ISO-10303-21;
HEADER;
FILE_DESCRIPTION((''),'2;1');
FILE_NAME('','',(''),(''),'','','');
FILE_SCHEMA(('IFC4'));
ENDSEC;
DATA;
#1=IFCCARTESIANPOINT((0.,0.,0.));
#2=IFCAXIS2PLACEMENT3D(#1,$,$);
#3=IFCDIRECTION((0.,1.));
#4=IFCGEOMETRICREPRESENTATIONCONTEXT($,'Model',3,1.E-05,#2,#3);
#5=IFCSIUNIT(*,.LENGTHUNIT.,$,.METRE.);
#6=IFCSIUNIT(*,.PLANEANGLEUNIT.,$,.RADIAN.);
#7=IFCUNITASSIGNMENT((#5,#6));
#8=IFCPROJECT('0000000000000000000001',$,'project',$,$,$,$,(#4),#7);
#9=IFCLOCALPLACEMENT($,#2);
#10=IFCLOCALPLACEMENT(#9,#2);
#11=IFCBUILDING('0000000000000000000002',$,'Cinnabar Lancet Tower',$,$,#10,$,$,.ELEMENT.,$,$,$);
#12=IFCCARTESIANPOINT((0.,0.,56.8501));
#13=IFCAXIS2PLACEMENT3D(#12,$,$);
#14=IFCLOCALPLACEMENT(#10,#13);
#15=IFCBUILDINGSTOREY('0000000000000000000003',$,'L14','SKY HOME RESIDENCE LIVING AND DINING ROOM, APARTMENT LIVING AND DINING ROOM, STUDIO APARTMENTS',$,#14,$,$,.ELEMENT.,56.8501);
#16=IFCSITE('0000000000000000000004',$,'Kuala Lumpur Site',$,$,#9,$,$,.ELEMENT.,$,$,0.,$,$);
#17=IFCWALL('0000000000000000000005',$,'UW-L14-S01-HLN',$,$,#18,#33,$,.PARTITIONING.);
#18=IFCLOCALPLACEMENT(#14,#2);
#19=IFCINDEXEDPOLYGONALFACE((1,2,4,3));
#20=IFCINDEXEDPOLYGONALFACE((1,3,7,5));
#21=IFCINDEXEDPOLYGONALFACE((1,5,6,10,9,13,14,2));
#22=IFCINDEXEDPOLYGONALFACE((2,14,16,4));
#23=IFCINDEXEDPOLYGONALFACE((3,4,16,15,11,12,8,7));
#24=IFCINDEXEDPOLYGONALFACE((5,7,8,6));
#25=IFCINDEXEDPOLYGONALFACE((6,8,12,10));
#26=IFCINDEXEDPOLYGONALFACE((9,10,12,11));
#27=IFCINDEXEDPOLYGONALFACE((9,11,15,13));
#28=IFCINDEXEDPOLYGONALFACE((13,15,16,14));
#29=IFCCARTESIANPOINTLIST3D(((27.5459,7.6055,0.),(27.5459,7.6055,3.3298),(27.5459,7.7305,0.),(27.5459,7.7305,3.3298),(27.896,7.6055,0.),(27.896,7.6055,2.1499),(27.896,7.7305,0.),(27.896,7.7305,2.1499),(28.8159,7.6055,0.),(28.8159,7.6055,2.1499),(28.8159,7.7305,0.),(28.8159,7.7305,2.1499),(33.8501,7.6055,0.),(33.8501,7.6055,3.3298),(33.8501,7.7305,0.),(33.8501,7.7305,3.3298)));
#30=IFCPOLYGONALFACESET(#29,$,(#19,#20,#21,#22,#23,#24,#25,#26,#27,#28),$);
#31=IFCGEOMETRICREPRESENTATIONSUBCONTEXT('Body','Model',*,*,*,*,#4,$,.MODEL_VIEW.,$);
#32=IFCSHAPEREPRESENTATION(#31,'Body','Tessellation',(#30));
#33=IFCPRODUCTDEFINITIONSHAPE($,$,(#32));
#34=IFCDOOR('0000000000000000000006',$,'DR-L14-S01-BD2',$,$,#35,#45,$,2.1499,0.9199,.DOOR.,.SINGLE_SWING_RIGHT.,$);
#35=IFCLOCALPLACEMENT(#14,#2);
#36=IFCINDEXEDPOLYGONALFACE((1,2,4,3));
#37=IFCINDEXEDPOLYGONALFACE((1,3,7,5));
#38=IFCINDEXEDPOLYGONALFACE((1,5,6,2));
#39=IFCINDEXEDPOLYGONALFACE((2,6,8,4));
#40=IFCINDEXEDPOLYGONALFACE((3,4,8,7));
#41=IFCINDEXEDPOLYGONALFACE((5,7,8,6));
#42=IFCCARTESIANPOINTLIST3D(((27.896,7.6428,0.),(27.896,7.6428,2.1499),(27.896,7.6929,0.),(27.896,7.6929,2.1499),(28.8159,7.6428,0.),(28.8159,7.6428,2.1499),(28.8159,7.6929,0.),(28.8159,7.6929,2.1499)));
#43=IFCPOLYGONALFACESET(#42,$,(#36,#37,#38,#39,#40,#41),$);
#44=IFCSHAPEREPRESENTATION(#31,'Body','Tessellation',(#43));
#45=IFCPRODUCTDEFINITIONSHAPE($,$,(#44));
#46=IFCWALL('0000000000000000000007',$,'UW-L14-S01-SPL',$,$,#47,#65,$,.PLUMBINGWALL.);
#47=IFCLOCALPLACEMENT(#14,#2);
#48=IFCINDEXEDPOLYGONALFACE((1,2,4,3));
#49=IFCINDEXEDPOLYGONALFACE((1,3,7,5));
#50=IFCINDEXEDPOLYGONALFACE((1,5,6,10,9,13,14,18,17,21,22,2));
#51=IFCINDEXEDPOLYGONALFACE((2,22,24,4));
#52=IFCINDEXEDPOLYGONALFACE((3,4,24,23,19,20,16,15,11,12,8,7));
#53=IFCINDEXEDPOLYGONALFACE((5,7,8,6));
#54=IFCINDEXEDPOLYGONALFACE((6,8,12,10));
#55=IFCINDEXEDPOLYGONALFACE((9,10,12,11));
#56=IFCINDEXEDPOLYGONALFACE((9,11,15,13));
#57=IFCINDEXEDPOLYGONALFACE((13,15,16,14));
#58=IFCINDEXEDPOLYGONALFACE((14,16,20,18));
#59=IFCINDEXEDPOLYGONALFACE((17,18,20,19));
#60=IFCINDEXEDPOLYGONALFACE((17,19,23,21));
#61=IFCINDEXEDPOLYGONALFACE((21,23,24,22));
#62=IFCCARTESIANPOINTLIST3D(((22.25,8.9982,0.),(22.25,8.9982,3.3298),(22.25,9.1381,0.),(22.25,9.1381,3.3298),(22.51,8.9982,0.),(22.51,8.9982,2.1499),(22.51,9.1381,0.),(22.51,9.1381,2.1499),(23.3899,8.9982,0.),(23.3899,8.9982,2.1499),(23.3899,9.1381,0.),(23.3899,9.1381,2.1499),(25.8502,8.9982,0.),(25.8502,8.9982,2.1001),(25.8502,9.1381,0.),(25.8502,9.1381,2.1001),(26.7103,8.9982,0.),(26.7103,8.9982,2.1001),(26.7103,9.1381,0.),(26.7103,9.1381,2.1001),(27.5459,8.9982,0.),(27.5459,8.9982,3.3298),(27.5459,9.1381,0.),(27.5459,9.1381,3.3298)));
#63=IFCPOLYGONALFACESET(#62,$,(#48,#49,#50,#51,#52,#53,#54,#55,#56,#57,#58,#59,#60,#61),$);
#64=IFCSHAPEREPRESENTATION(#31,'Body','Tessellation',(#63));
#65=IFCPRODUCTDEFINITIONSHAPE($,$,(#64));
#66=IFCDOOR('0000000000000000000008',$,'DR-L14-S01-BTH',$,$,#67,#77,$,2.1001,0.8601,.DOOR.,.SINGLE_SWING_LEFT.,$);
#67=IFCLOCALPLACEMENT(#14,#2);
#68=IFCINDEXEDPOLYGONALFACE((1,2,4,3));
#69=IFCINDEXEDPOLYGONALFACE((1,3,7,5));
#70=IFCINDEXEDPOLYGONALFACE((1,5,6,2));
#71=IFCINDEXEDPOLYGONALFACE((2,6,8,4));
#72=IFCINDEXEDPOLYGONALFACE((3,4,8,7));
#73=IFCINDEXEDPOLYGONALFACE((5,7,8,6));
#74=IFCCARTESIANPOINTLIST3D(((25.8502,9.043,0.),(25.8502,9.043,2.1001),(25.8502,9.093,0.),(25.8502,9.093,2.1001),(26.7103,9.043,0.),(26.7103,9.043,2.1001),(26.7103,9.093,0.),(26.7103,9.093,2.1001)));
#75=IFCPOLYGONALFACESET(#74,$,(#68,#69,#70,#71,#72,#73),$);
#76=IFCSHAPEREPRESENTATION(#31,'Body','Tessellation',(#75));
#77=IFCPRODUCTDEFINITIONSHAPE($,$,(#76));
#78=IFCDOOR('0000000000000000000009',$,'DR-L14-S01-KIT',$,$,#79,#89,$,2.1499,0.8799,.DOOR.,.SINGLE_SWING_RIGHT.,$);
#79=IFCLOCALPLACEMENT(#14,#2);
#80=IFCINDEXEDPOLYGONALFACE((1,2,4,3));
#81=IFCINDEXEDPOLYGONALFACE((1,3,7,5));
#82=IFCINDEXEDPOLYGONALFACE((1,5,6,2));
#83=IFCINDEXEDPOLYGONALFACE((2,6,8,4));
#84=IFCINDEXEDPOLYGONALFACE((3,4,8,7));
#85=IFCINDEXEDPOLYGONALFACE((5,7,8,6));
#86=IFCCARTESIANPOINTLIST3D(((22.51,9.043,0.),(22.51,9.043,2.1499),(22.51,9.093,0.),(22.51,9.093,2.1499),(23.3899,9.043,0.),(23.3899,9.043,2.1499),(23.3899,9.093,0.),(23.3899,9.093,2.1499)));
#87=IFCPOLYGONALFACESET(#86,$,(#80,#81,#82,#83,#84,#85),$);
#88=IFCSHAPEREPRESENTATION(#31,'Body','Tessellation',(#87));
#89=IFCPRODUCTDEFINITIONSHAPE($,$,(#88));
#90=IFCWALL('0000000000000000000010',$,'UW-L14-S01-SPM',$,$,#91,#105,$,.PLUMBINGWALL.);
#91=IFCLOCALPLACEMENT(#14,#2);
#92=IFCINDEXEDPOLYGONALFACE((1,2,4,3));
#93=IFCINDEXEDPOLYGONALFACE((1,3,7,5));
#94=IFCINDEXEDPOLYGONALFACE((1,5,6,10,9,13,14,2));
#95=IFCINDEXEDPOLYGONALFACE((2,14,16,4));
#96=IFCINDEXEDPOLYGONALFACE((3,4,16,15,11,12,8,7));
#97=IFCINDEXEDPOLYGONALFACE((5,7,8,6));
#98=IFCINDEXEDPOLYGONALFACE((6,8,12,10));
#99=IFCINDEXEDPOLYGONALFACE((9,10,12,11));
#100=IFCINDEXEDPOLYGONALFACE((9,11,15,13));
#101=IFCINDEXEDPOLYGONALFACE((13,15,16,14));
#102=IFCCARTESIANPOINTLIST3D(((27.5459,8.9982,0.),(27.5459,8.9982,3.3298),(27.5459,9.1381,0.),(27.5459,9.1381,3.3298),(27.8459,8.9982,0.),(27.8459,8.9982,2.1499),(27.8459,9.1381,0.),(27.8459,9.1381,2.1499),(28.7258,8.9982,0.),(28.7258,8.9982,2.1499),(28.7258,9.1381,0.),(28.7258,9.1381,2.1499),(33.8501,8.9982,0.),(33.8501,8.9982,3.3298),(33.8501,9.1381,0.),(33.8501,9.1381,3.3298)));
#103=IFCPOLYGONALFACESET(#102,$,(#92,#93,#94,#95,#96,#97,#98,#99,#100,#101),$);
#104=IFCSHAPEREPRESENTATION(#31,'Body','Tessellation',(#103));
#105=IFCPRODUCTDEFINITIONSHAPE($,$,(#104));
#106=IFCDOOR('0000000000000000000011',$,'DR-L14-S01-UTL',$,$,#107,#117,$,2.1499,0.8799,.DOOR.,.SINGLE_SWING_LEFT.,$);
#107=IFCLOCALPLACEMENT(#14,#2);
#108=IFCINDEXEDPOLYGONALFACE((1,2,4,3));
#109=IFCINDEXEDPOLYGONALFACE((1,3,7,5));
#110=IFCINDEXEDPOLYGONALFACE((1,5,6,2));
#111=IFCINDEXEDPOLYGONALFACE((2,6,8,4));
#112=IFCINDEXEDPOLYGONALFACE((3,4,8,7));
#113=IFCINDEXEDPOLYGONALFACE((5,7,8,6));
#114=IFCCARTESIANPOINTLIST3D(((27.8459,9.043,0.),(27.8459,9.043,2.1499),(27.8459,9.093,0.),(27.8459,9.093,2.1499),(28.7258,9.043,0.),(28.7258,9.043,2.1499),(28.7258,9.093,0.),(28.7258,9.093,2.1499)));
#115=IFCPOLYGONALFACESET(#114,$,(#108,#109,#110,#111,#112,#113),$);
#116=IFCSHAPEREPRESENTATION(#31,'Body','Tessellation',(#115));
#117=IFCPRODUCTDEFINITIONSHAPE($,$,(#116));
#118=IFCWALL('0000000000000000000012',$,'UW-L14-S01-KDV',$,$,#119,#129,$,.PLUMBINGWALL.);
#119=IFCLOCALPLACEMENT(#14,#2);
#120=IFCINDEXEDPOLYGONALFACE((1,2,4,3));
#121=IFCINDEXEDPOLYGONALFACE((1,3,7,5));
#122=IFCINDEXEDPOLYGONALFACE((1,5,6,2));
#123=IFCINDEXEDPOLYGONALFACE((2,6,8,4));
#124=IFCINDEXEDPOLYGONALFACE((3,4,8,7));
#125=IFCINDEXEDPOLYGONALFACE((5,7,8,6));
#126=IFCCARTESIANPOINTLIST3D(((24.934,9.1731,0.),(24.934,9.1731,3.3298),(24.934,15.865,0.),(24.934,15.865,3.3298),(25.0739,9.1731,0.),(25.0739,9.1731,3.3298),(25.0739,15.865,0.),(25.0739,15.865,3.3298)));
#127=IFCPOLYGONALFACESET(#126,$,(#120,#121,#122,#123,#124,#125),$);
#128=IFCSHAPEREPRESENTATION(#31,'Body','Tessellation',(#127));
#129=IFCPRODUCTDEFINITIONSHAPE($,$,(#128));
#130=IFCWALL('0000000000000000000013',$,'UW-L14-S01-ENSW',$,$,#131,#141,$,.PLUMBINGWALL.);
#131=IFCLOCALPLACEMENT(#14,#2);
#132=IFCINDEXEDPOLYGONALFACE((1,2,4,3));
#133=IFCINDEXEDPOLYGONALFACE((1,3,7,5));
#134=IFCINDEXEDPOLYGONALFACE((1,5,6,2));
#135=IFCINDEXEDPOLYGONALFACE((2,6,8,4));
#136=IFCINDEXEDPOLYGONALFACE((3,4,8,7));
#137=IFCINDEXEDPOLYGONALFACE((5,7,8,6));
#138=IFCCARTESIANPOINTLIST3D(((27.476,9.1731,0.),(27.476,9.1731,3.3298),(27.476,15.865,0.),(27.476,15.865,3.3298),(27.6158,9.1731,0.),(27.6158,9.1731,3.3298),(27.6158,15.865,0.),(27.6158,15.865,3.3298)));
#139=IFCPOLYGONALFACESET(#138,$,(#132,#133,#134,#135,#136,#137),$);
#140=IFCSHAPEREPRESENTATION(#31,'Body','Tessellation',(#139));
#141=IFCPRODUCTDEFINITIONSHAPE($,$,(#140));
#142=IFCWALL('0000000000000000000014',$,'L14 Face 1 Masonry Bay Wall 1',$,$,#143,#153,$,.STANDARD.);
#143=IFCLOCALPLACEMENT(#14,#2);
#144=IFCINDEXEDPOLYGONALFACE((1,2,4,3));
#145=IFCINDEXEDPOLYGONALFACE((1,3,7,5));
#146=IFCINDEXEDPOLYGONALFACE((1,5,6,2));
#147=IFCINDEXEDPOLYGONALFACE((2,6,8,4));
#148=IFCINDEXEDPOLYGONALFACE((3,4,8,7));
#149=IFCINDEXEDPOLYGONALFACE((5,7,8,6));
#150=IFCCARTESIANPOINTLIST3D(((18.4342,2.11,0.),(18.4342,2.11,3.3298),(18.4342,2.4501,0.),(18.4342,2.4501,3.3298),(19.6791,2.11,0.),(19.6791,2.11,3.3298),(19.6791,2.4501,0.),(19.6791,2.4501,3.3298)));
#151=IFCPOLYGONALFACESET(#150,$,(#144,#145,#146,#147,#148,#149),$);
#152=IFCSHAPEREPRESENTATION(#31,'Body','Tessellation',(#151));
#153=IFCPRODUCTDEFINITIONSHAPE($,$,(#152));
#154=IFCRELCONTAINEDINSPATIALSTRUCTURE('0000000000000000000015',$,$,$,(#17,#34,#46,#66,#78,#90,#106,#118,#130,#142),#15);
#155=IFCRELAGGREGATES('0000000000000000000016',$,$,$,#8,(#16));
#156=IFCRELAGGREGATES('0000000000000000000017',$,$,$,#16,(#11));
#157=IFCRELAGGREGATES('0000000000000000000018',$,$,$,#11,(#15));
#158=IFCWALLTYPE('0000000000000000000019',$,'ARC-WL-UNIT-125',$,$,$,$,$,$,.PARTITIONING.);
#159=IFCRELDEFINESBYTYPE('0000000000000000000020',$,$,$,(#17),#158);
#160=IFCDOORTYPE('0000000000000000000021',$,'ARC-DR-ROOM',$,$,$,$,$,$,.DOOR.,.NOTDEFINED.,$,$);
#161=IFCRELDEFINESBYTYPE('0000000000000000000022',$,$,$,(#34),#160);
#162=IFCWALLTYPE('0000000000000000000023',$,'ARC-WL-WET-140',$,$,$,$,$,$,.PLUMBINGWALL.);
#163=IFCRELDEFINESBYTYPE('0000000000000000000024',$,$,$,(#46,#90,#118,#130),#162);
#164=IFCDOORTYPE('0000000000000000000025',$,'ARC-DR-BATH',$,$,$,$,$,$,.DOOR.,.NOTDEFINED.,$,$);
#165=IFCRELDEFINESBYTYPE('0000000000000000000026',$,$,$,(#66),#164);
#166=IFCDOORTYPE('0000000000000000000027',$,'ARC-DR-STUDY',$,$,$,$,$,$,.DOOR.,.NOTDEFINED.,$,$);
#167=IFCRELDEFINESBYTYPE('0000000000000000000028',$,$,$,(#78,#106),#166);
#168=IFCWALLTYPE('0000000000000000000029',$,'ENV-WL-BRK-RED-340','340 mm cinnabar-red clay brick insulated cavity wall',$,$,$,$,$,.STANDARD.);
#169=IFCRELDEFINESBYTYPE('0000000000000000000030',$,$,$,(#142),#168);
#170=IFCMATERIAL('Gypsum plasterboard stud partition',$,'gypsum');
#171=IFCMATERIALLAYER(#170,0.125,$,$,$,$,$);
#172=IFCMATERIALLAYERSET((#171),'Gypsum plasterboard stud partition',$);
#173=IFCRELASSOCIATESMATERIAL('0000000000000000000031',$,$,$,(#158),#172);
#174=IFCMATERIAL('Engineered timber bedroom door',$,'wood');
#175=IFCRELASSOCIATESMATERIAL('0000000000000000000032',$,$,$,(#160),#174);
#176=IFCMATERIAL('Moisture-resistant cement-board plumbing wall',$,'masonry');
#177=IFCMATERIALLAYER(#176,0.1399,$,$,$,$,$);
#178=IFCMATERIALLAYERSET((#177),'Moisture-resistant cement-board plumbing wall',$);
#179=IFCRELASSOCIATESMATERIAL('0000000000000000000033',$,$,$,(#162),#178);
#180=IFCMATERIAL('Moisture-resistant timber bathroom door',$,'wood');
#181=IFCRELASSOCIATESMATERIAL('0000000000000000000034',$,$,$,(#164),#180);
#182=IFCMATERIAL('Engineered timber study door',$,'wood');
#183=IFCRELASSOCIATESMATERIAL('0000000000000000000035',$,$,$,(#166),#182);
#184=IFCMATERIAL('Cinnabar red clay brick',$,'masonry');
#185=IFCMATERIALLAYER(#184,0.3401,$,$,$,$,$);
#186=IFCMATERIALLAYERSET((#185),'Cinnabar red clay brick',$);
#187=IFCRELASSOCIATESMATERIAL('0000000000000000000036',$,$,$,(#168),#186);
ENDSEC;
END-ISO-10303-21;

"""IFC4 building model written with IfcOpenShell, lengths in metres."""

from ifc_helpers import new_model, si_unit, direction, frame, frame_2d, origin, place, context, subcontext, project, spatial, rectangle, extrude, material, layer, layer_set, type_object, element, fill, save


model = new_model("IFC4")

# Units and contexts
model_context = context("Model", 3, precision=1e-05, world=origin(), true_north=direction((0.0, 1.0)))
body_context = subcontext(model_context, "Body", "Model", "MODEL_VIEW")
ifc_project = project(units=[si_unit("LENGTHUNIT", "METRE"), si_unit("PLANEANGLEUNIT", "RADIAN")], contexts=[model_context])

# Site, building, storey
site_placement = place(None, origin())
site = spatial("IfcSite", under=ifc_project, at=site_placement, Name="Kuala Lumpur Site", CompositionType="ELEMENT", RefElevation=0.0)
building_placement = place(site_placement, origin())
building = spatial("IfcBuilding", under=site, at=building_placement, Name="Cinnabar Lancet Tower", CompositionType="ELEMENT")
storey_placement = place(building_placement, frame((0.0, 0.0, 56.8501)))
storey = spatial("IfcBuildingStorey", under=building, at=storey_placement, Name="L14", Description="SKY HOME RESIDENCE LIVING AND DINING ROOM, APARTMENT LIVING AND DINING ROOM, STUDIO APARTMENTS", CompositionType="ELEMENT", Elevation=56.8501)

# Shared definitions
ifc_material_1 = material(Name="Gypsum plasterboard stud partition", Category="gypsum")
ifc_layer_1 = layer(ifc_material_1, 0.125)
ifc_layer_set_1 = layer_set([ifc_layer_1], Name="Gypsum plasterboard stud partition")
wall_type_1 = type_object("IfcWallType", Name="ARC-WL-UNIT-125", PredefinedType="PARTITIONING", material=ifc_layer_set_1)

# Wall, opening, door
wall_1_placement = place(storey_placement, frame((27.5459, 7.668, 0.0), z_axis=(0.0, 0.0, 1.0), x_axis=(1.0, 0.0, 0.0)))
wall_1 = element("IfcWall", 1, at=wall_1_placement, inside=storey, type_object=wall_type_1, Name="UW-L14-S01-HLN", PredefinedType="PARTITIONING", context=body_context, shape_type="SweptSolid", body=[
    extrude(rectangle(XDim=6.3042, YDim=0.125, at=frame_2d((3.1521, 0.0))), origin(), (0.0, 0.0, 1.0), 3.3298),
])
opening_1_placement = place(wall_1_placement, frame((0.3501, 0.0, 0.0)))
opening_1 = element("IfcOpeningElement", 2, at=opening_1_placement, cuts=wall_1, PredefinedType="OPENING", context=body_context, shape_type="SweptSolid", body=[
    extrude(rectangle(XDim=0.9199, YDim=2.1499, at=frame_2d((0.46, 1.075))), frame((0.0, 0.0725, 0.0), z_axis=(0.0, -1.0, 0.0), x_axis=(1.0, 0.0, 0.0)), (0.0, 0.0, 1.0), 0.145),
])
ifc_material_2 = material(Name="Engineered timber bedroom door", Category="wood")
door_type_1 = type_object("IfcDoorType", Name="ARC-DR-ROOM", OperationType="NOTDEFINED", PredefinedType="DOOR", material=ifc_material_2)
door_1_placement = place(opening_1_placement, origin())
door_1 = element("IfcDoor", 3, at=door_1_placement, inside=storey, type_object=door_type_1, Name="DR-L14-S01-BD2", OperationType="SINGLE_SWING_RIGHT", OverallHeight=2.1499, OverallWidth=0.9199, PredefinedType="DOOR", context=body_context, shape_type="SweptSolid", body=[
    extrude(rectangle(XDim=0.9199, YDim=2.1499, at=frame_2d((0.46, 1.075))), frame((0.0, 0.0249, 0.0), z_axis=(0.0, -1.0, 0.0), x_axis=(1.0, 0.0, 0.0)), (0.0, 0.0, 1.0), 0.05),
])
fill(opening_1, door_1)

# Wall, openings, doors
ifc_material_3 = material(Name="Moisture-resistant cement-board plumbing wall", Category="masonry")
ifc_layer_2 = layer(ifc_material_3, 0.1399)
ifc_layer_set_2 = layer_set([ifc_layer_2], Name="Moisture-resistant cement-board plumbing wall")
wall_type_2 = type_object("IfcWallType", Name="ARC-WL-WET-140", PredefinedType="PLUMBINGWALL", material=ifc_layer_set_2)
wall_2_placement = place(storey_placement, frame((22.25, 9.0681, 0.0), z_axis=(0.0, 0.0, 1.0), x_axis=(1.0, 0.0, 0.0)))
wall_2 = element("IfcWall", 4, at=wall_2_placement, inside=storey, type_object=wall_type_2, Name="UW-L14-S01-SPL", PredefinedType="PLUMBINGWALL", context=body_context, shape_type="SweptSolid", body=[
    extrude(rectangle(XDim=5.2959, YDim=0.1399, at=frame_2d((2.6479, 0.0))), origin(), (0.0, 0.0, 1.0), 3.3298),
])
opening_2_placement = place(wall_2_placement, frame((3.6001, 0.0, 0.0)))
opening_2 = element("IfcOpeningElement", 5, at=opening_2_placement, cuts=wall_2, PredefinedType="OPENING", context=body_context, shape_type="SweptSolid", body=[
    extrude(rectangle(XDim=0.8601, YDim=2.1001, at=frame_2d((0.4302, 1.05))), frame((0.0, 0.0798, 0.0), z_axis=(0.0, -1.0, 0.0), x_axis=(1.0, 0.0, 0.0)), (0.0, 0.0, 1.0), 0.1599),
])
opening_3_placement = place(wall_2_placement, frame((0.26, 0.0, 0.0)))
opening_3 = element("IfcOpeningElement", 6, at=opening_3_placement, cuts=wall_2, PredefinedType="OPENING", context=body_context, shape_type="SweptSolid", body=[
    extrude(rectangle(XDim=0.8799, YDim=2.1499, at=frame_2d((0.4399, 1.075))), frame((0.0, 0.0798, 0.0), z_axis=(0.0, -1.0, 0.0), x_axis=(1.0, 0.0, 0.0)), (0.0, 0.0, 1.0), 0.1599),
])
ifc_material_4 = material(Name="Moisture-resistant timber bathroom door", Category="wood")
door_type_2 = type_object("IfcDoorType", Name="ARC-DR-BATH", OperationType="NOTDEFINED", PredefinedType="DOOR", material=ifc_material_4)
door_2_placement = place(opening_2_placement, origin())
door_2 = element("IfcDoor", 7, at=door_2_placement, inside=storey, type_object=door_type_2, Name="DR-L14-S01-BTH", OperationType="SINGLE_SWING_LEFT", OverallHeight=2.1001, OverallWidth=0.8601, PredefinedType="DOOR", context=body_context, shape_type="SweptSolid", body=[
    extrude(rectangle(XDim=0.8601, YDim=2.1001, at=frame_2d((0.4302, 1.05))), frame((0.0, 0.0249, 0.0), z_axis=(0.0, -1.0, 0.0), x_axis=(1.0, 0.0, 0.0)), (0.0, 0.0, 1.0), 0.05),
])
fill(opening_2, door_2)
ifc_material_5 = material(Name="Engineered timber study door", Category="wood")
door_type_3 = type_object("IfcDoorType", Name="ARC-DR-STUDY", OperationType="NOTDEFINED", PredefinedType="DOOR", material=ifc_material_5)
door_3_placement = place(opening_3_placement, origin())
door_3 = element("IfcDoor", 8, at=door_3_placement, inside=storey, type_object=door_type_3, Name="DR-L14-S01-KIT", OperationType="SINGLE_SWING_RIGHT", OverallHeight=2.1499, OverallWidth=0.8799, PredefinedType="DOOR", context=body_context, shape_type="SweptSolid", body=[
    extrude(rectangle(XDim=0.8799, YDim=2.1499, at=frame_2d((0.4399, 1.075))), frame((0.0, 0.0249, 0.0), z_axis=(0.0, -1.0, 0.0), x_axis=(1.0, 0.0, 0.0)), (0.0, 0.0, 1.0), 0.05),
])
fill(opening_3, door_3)

# Wall, opening, door
wall_3_placement = place(storey_placement, frame((27.5459, 9.0681, 0.0), z_axis=(0.0, 0.0, 1.0), x_axis=(1.0, 0.0, 0.0)))
wall_3 = element("IfcWall", 9, at=wall_3_placement, inside=storey, type_object=wall_type_2, Name="UW-L14-S01-SPM", PredefinedType="PLUMBINGWALL", context=body_context, shape_type="SweptSolid", body=[
    extrude(rectangle(XDim=6.3042, YDim=0.1399, at=frame_2d((3.1521, 0.0))), origin(), (0.0, 0.0, 1.0), 3.3298),
])
opening_4_placement = place(wall_3_placement, frame((0.3, 0.0, 0.0)))
opening_4 = element("IfcOpeningElement", 10, at=opening_4_placement, cuts=wall_3, PredefinedType="OPENING", context=body_context, shape_type="SweptSolid", body=[
    extrude(rectangle(XDim=0.8799, YDim=2.1499, at=frame_2d((0.4399, 1.075))), frame((0.0, 0.0798, 0.0), z_axis=(0.0, -1.0, 0.0), x_axis=(1.0, 0.0, 0.0)), (0.0, 0.0, 1.0), 0.1599),
])
door_4_placement = place(opening_4_placement, origin())
door_4 = element("IfcDoor", 11, at=door_4_placement, inside=storey, type_object=door_type_3, Name="DR-L14-S01-UTL", OperationType="SINGLE_SWING_LEFT", OverallHeight=2.1499, OverallWidth=0.8799, PredefinedType="DOOR", context=body_context, shape_type="SweptSolid", body=[
    extrude(rectangle(XDim=0.8799, YDim=2.1499, at=frame_2d((0.4399, 1.075))), frame((0.0, 0.0249, 0.0), z_axis=(0.0, -1.0, 0.0), x_axis=(1.0, 0.0, 0.0)), (0.0, 0.0, 1.0), 0.05),
])
fill(opening_4, door_4)

# Walls
for number, where, z_axis, x_axis, name in (
    (12, (25.0039, 9.1731, 0.0), (0.0, 0.0, 1.0), (0.0, 1.0, 0.0), "UW-L14-S01-KDV"),
    (13, (27.5459, 9.1731, 0.0), (0.0, 0.0, 1.0), (0.0, 1.0, 0.0), "UW-L14-S01-ENSW"),
):
    element("IfcWall", number, at=place(storey_placement, frame(where, z_axis=z_axis, x_axis=x_axis)), inside=storey, type_object=wall_type_2, Name=name, PredefinedType="PLUMBINGWALL", context=body_context, shape_type="SweptSolid", body=[
        extrude(rectangle(XDim=6.6919, YDim=0.1399, at=frame_2d((3.3459, 0.0))), origin(), (0.0, 0.0, 1.0), 3.3298),
    ])
ifc_material_6 = material(Name="Cinnabar red clay brick", Category="masonry")
ifc_layer_3 = layer(ifc_material_6, 0.3401)
ifc_layer_set_3 = layer_set([ifc_layer_3], Name="Cinnabar red clay brick")
wall_type_3 = type_object("IfcWallType", Name="ENV-WL-BRK-RED-340", Description="340 mm cinnabar-red clay brick insulated cavity wall", PredefinedType="STANDARD", material=ifc_layer_set_3)
wall_4_placement = place(storey_placement, frame((18.4341, 2.28, 0.0), z_axis=(0.0, 0.0, 1.0), x_axis=(1.0, 0.0, 0.0)))
element("IfcWall", 14, at=wall_4_placement, inside=storey, type_object=wall_type_3, Name="L14 Face 1 Masonry Bay Wall 1", PredefinedType="STANDARD", context=body_context, shape_type="SweptSolid", body=[
    extrude(rectangle(XDim=1.2449, YDim=0.3401, at=frame_2d((0.6226, 0.0))), origin(), (0.0, 0.0, 1.0), 3.3298),
])

save(model, "model.ifc")
